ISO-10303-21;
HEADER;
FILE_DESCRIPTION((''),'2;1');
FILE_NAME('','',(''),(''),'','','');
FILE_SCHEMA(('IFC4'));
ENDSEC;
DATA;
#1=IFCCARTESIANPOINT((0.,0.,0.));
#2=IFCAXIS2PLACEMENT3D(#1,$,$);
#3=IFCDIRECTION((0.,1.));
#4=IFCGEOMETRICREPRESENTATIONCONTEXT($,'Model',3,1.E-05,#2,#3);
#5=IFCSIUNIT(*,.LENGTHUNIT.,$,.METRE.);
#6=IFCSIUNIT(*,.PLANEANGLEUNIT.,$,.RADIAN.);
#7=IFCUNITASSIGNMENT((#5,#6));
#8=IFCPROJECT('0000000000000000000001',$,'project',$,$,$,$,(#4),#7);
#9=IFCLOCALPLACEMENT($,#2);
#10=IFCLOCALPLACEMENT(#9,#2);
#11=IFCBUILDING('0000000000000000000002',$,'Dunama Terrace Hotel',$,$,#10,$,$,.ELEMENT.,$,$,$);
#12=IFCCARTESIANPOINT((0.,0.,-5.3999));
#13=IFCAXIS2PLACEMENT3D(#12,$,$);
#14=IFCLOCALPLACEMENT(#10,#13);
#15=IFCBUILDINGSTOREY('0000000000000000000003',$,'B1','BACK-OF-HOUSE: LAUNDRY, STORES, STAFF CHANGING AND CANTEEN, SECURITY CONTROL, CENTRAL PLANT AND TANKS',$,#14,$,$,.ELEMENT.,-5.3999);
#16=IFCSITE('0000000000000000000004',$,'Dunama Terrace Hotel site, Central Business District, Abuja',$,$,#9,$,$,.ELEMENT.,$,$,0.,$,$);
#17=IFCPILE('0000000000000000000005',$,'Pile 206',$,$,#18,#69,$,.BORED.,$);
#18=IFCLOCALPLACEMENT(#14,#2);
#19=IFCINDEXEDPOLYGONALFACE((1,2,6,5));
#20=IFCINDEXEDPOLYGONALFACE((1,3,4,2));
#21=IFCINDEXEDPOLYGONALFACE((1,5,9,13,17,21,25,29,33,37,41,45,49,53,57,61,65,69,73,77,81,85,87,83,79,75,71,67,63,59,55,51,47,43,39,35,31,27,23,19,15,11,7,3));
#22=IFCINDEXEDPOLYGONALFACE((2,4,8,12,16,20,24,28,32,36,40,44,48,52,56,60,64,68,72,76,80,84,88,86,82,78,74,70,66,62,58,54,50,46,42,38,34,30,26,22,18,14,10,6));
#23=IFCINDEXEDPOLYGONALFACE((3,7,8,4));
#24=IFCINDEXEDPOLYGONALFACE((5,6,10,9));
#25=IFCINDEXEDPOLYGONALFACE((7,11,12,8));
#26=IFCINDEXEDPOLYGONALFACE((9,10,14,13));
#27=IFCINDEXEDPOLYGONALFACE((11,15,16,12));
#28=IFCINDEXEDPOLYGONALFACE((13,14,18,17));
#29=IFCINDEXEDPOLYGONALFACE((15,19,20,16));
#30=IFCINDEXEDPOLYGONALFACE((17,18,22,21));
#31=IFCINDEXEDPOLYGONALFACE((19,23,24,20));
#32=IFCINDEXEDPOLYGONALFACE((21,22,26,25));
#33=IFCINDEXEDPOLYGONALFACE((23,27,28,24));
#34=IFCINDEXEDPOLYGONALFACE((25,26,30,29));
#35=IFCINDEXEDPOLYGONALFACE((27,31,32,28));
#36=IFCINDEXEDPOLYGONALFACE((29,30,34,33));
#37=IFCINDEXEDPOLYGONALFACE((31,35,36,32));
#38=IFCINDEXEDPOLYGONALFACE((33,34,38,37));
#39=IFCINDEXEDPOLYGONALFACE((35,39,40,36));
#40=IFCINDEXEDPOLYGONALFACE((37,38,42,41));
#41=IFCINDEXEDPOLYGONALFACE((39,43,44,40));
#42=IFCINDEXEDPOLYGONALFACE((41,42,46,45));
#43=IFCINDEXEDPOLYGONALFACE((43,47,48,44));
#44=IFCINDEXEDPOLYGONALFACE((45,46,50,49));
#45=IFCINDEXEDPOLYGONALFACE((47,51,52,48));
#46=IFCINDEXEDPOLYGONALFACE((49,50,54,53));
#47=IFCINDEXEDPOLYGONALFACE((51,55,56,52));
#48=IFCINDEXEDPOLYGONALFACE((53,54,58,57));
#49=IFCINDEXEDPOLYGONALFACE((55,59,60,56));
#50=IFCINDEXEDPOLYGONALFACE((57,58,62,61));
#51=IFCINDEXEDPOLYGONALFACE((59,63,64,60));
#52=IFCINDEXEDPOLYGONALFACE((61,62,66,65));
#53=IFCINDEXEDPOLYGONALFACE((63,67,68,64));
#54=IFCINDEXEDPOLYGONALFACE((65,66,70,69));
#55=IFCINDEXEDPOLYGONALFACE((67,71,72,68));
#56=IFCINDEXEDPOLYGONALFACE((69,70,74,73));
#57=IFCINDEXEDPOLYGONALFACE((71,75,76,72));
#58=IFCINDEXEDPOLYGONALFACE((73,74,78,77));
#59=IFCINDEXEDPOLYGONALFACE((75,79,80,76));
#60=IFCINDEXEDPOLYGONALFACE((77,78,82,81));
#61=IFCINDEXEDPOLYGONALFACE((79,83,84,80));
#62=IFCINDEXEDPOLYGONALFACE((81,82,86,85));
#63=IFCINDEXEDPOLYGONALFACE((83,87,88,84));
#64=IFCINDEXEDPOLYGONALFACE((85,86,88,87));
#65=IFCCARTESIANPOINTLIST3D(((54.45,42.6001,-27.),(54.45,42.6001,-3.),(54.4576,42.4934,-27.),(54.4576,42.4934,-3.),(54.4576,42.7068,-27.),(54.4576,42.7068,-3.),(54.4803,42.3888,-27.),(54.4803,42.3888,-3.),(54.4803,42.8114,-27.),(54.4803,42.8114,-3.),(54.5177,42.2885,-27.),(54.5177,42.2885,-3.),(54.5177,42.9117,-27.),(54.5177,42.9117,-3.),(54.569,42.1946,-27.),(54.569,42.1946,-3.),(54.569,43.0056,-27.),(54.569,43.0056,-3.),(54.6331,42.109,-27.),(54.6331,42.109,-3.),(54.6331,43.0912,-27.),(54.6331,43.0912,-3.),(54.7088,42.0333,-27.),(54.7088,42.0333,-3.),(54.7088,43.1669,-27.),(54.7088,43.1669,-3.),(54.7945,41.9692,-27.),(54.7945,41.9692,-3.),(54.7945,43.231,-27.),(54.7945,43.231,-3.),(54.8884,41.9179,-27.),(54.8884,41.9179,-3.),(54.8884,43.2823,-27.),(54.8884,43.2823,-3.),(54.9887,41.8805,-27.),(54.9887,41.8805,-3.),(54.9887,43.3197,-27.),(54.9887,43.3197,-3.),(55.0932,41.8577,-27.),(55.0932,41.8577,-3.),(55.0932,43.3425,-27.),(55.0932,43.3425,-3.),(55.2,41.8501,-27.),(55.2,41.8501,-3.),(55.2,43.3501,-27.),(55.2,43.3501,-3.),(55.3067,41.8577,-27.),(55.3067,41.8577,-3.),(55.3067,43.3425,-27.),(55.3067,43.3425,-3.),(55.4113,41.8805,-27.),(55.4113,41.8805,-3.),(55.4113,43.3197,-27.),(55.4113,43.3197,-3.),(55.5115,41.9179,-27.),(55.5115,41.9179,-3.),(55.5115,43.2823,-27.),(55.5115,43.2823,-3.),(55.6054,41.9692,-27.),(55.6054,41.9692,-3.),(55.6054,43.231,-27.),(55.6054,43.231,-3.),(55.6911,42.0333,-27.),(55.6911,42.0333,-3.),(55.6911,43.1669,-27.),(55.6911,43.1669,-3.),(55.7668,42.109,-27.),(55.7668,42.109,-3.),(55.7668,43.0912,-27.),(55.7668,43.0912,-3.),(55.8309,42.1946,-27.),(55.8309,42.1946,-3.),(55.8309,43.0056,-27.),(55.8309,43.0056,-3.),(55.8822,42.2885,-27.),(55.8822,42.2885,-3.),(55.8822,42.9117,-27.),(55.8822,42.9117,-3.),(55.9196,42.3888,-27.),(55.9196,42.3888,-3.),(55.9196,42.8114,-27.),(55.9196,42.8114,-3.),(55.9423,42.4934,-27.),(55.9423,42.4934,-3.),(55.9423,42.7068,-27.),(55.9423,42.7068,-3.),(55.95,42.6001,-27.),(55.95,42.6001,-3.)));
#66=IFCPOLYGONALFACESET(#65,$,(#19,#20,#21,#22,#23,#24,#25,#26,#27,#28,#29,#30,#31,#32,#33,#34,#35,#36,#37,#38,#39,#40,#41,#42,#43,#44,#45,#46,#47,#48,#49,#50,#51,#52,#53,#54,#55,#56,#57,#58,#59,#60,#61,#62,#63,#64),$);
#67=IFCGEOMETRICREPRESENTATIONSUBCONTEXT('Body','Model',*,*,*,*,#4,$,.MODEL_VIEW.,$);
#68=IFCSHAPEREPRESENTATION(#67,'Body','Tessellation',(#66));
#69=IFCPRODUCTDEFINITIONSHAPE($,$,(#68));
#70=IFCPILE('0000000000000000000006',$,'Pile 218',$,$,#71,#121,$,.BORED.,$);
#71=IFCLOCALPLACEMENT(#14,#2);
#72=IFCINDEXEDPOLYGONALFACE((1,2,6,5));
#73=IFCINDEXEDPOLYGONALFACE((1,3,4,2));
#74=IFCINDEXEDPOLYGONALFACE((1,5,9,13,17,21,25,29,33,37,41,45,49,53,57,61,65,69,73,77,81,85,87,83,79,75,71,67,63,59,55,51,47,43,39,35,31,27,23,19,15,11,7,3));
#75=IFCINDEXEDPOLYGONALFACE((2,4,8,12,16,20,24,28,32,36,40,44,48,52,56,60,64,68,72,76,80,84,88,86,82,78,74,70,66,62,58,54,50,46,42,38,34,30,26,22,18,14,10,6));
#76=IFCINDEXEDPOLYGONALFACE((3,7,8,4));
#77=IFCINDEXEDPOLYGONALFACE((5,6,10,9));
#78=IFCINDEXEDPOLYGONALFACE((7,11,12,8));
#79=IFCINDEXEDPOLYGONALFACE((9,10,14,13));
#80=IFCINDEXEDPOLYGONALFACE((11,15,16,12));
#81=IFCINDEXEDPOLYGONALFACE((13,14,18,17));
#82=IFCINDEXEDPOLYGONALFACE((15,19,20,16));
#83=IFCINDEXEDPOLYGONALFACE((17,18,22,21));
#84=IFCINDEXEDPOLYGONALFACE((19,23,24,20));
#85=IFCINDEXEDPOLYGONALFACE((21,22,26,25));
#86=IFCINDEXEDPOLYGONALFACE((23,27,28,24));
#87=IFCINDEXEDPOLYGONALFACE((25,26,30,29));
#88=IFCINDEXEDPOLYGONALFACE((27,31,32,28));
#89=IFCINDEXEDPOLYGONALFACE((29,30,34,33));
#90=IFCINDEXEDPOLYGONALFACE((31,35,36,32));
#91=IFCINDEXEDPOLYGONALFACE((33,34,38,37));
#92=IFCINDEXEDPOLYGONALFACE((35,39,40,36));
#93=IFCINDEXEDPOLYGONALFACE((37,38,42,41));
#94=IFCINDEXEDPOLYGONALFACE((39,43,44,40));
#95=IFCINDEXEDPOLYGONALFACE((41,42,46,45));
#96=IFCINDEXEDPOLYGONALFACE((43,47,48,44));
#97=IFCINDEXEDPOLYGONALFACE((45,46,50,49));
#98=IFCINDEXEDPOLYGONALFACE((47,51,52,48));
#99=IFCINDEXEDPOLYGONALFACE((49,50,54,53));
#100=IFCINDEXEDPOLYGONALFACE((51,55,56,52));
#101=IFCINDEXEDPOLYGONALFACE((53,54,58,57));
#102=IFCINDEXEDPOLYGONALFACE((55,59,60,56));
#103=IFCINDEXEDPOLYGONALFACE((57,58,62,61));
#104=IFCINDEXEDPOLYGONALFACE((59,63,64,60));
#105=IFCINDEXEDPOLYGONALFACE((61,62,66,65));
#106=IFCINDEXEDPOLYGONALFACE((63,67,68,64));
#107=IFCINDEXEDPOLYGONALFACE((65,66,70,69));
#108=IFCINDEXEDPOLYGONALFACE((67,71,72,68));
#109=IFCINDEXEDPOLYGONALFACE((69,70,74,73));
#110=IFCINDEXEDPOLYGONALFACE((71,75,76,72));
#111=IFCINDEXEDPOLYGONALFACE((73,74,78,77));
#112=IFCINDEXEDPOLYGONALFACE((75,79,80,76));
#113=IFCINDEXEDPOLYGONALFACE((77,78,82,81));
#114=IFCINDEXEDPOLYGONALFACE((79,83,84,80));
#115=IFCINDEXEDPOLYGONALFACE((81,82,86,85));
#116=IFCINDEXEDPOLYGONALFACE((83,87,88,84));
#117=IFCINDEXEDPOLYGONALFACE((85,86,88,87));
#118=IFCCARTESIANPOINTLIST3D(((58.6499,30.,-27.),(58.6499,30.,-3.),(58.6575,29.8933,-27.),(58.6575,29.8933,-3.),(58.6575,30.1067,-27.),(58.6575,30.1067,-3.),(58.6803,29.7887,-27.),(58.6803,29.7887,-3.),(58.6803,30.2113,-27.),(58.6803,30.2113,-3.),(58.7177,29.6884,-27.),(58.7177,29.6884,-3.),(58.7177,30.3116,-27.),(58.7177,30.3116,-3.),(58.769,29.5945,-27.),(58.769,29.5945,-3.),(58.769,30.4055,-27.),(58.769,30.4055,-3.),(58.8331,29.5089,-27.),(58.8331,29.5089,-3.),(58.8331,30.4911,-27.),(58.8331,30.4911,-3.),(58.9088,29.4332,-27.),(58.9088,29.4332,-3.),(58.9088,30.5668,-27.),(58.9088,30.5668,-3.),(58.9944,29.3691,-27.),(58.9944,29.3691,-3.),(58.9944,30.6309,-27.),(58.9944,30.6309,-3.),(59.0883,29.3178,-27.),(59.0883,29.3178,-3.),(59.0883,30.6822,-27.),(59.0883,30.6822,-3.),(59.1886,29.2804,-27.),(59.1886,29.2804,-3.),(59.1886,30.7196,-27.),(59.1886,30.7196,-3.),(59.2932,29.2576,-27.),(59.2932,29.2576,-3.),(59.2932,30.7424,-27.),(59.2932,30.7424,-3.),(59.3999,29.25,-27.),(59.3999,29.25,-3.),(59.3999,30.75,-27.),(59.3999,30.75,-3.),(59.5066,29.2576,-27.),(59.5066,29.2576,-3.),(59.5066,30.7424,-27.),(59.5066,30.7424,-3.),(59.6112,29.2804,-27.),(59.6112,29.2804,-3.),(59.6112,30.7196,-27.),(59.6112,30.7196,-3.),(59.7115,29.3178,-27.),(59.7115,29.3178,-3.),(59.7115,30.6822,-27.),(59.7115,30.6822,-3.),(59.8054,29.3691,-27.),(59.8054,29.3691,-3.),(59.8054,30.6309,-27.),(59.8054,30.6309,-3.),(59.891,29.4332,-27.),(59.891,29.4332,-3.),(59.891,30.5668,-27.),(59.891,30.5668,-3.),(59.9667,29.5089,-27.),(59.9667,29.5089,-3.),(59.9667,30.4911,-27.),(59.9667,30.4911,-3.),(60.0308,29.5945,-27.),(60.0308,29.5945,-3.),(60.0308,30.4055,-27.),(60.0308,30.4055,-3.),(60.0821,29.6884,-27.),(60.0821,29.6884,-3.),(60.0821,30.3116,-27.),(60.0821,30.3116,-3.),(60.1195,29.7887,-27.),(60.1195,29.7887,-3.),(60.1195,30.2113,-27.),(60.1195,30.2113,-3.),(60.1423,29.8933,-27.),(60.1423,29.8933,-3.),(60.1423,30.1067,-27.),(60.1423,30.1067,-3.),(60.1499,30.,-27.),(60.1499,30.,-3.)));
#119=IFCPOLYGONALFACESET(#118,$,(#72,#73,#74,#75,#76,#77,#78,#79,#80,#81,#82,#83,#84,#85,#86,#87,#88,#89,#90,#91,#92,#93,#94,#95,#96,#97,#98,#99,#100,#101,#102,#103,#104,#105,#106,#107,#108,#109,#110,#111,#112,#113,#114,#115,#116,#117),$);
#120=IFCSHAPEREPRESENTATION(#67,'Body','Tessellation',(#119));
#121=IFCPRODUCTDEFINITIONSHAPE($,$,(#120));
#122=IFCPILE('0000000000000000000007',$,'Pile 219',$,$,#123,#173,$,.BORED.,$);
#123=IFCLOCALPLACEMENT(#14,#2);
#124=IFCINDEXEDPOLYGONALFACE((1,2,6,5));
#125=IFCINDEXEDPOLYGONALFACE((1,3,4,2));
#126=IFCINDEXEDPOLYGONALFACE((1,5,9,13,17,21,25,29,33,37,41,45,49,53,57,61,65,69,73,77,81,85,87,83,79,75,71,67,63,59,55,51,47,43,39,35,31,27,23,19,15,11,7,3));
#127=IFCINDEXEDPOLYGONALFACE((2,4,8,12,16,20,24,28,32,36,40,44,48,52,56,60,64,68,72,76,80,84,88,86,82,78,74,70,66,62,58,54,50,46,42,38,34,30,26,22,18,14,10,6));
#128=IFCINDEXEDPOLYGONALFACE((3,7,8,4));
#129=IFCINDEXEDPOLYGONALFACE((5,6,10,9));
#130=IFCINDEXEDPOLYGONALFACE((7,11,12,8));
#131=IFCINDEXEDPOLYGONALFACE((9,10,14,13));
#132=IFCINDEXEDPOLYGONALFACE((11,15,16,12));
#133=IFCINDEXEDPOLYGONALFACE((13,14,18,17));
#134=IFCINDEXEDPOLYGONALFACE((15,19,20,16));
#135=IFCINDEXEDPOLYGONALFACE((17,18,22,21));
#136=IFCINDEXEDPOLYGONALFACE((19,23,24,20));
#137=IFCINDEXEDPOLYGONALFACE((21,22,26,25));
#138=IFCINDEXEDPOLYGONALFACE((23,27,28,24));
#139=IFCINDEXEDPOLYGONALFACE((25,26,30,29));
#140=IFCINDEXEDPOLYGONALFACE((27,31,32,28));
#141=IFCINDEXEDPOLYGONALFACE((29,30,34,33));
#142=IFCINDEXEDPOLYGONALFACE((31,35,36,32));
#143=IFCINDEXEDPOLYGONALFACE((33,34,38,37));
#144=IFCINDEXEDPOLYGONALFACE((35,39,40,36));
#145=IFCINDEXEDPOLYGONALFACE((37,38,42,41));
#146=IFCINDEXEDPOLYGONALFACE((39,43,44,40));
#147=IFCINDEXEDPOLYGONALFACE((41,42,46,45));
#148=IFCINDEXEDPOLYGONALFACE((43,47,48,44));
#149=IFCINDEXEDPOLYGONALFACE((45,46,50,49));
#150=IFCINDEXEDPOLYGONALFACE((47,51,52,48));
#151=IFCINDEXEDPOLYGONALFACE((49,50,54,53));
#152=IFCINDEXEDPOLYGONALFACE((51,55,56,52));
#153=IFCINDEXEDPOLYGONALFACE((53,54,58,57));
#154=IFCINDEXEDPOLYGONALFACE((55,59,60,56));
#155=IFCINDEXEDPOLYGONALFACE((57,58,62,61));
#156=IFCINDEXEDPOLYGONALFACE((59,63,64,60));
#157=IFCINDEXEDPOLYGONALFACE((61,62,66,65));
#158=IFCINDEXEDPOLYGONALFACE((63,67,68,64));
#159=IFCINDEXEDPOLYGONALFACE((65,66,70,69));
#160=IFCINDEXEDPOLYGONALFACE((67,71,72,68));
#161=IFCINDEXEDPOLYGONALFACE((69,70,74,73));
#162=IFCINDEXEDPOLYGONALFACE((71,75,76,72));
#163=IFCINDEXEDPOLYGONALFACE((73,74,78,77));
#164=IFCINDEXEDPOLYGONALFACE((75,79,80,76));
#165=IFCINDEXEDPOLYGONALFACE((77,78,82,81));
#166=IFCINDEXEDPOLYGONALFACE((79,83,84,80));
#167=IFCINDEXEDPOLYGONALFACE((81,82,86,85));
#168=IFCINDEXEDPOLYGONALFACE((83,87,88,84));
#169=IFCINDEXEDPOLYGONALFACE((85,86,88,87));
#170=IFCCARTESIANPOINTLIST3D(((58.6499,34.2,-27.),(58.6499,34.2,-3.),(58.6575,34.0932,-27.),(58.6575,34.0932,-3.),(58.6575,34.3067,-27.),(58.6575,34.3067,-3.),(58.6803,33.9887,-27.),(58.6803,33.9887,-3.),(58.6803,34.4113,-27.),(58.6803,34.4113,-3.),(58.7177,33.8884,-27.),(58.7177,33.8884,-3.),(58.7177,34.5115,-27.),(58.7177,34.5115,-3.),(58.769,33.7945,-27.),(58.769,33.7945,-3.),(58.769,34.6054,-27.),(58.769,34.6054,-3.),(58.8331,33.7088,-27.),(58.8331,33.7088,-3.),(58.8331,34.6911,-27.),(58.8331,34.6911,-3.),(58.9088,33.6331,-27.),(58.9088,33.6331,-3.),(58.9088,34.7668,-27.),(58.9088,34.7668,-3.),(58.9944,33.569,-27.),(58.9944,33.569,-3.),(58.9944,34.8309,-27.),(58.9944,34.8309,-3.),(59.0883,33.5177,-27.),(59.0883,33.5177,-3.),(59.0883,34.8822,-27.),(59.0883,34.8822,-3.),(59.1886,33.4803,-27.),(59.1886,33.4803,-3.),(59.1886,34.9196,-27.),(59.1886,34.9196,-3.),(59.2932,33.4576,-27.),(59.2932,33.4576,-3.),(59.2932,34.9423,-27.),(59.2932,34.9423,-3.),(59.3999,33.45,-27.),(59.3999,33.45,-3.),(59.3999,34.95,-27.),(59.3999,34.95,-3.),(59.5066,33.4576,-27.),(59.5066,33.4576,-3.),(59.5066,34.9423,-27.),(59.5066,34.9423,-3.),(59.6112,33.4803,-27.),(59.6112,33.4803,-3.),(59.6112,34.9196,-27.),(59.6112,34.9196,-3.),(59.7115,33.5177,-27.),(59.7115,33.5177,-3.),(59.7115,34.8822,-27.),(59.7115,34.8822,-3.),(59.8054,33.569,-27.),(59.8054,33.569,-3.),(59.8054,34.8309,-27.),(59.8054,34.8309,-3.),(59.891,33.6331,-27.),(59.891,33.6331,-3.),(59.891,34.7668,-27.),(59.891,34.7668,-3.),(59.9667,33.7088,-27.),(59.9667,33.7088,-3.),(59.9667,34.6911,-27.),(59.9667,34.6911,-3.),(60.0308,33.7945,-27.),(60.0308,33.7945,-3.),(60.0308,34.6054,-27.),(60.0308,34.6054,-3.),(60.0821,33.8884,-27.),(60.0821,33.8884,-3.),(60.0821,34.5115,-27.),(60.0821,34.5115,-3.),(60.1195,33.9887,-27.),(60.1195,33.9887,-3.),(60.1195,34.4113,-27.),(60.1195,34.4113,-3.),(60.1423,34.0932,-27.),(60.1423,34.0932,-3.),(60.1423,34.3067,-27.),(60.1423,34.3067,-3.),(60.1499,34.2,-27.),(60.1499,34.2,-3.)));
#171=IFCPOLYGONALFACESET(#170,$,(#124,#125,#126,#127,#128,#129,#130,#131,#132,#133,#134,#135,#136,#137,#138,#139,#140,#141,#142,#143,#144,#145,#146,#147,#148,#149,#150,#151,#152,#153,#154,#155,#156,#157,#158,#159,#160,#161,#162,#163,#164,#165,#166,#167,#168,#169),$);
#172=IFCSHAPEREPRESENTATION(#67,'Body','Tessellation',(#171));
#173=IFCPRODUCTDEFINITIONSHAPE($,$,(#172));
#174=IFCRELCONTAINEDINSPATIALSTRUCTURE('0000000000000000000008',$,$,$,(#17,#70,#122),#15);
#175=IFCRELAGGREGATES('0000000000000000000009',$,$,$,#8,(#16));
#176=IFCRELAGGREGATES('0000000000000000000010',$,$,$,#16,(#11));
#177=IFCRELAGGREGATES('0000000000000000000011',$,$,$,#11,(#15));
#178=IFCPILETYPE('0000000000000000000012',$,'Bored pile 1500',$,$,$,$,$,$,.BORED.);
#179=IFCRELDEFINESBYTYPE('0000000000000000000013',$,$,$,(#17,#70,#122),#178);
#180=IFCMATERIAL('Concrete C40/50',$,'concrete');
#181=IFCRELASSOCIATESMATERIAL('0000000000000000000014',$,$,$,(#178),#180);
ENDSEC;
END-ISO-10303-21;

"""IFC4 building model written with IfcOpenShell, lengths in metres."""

from ifc_helpers import new_model, si_unit, direction, frame, origin, origin_2d, place, context, subcontext, project, spatial, circle, extrude, material, material_profile, profile_set, type_object, element, save


model = new_model("IFC4")

# Units and contexts
model_context = context("Model", 3, precision=1e-05, world=origin(), true_north=direction((0.0, 1.0)))
body_context = subcontext(model_context, "Body", "Model", "MODEL_VIEW")
ifc_project = project(units=[si_unit("LENGTHUNIT", "METRE"), si_unit("PLANEANGLEUNIT", "RADIAN")], contexts=[model_context])

# Site, building, storey
site_placement = place(None, origin())
site = spatial("IfcSite", under=ifc_project, at=site_placement, Name="Dunama Terrace Hotel site, Central Business District, Abuja", CompositionType="ELEMENT", RefElevation=0.0)
building_placement = place(site_placement, origin())
building = spatial("IfcBuilding", under=site, at=building_placement, Name="Dunama Terrace Hotel", CompositionType="ELEMENT")
storey_placement = place(building_placement, frame((0.0, 0.0, -5.3999)))
storey = spatial("IfcBuildingStorey", under=building, at=storey_placement, Name="B1", Description="BACK-OF-HOUSE: LAUNDRY, STORES, STAFF CHANGING AND CANTEEN, SECURITY CONTROL, CENTRAL PLANT AND TANKS", CompositionType="ELEMENT", Elevation=-5.3999)

# Piles
ifc_material_1 = material(Name="Concrete C40/50", Category="concrete")
ifc_material_profile_1 = material_profile(ifc_material_1, circle(Radius=0.75, at=origin_2d()), Name="PILE D1500")
ifc_profile_set_1 = profile_set([ifc_material_profile_1], Name="Concrete C40/50")
pile_type = type_object("IfcPileType", Name="Bored pile 1500", PredefinedType="BORED", material=ifc_profile_set_1)
for number, where, z_axis, x_axis, name in (
    (1, (55.2, 42.6001, -3.0), (0.0, 0.0, -1.0), (1.0, 0.0, 0.0), "Pile 206"),
    (2, (59.3999, 30.0, -3.0), (0.0, 0.0, -1.0), (1.0, 0.0, 0.0), "Pile 218"),
    (3, (59.3999, 34.2, -3.0), (0.0, 0.0, -1.0), (1.0, 0.0, 0.0), "Pile 219"),
):
    element("IfcPile", number, at=place(storey_placement, frame(where, z_axis=z_axis, x_axis=x_axis)), inside=storey, type_object=pile_type, Name=name, PredefinedType="BORED", context=body_context, shape_type="SweptSolid", body=[
        extrude(circle(Radius=0.75, at=origin_2d()), origin(), (0.0, 0.0, 1.0), 24.0),
    ])

save(model, "model.ifc")
